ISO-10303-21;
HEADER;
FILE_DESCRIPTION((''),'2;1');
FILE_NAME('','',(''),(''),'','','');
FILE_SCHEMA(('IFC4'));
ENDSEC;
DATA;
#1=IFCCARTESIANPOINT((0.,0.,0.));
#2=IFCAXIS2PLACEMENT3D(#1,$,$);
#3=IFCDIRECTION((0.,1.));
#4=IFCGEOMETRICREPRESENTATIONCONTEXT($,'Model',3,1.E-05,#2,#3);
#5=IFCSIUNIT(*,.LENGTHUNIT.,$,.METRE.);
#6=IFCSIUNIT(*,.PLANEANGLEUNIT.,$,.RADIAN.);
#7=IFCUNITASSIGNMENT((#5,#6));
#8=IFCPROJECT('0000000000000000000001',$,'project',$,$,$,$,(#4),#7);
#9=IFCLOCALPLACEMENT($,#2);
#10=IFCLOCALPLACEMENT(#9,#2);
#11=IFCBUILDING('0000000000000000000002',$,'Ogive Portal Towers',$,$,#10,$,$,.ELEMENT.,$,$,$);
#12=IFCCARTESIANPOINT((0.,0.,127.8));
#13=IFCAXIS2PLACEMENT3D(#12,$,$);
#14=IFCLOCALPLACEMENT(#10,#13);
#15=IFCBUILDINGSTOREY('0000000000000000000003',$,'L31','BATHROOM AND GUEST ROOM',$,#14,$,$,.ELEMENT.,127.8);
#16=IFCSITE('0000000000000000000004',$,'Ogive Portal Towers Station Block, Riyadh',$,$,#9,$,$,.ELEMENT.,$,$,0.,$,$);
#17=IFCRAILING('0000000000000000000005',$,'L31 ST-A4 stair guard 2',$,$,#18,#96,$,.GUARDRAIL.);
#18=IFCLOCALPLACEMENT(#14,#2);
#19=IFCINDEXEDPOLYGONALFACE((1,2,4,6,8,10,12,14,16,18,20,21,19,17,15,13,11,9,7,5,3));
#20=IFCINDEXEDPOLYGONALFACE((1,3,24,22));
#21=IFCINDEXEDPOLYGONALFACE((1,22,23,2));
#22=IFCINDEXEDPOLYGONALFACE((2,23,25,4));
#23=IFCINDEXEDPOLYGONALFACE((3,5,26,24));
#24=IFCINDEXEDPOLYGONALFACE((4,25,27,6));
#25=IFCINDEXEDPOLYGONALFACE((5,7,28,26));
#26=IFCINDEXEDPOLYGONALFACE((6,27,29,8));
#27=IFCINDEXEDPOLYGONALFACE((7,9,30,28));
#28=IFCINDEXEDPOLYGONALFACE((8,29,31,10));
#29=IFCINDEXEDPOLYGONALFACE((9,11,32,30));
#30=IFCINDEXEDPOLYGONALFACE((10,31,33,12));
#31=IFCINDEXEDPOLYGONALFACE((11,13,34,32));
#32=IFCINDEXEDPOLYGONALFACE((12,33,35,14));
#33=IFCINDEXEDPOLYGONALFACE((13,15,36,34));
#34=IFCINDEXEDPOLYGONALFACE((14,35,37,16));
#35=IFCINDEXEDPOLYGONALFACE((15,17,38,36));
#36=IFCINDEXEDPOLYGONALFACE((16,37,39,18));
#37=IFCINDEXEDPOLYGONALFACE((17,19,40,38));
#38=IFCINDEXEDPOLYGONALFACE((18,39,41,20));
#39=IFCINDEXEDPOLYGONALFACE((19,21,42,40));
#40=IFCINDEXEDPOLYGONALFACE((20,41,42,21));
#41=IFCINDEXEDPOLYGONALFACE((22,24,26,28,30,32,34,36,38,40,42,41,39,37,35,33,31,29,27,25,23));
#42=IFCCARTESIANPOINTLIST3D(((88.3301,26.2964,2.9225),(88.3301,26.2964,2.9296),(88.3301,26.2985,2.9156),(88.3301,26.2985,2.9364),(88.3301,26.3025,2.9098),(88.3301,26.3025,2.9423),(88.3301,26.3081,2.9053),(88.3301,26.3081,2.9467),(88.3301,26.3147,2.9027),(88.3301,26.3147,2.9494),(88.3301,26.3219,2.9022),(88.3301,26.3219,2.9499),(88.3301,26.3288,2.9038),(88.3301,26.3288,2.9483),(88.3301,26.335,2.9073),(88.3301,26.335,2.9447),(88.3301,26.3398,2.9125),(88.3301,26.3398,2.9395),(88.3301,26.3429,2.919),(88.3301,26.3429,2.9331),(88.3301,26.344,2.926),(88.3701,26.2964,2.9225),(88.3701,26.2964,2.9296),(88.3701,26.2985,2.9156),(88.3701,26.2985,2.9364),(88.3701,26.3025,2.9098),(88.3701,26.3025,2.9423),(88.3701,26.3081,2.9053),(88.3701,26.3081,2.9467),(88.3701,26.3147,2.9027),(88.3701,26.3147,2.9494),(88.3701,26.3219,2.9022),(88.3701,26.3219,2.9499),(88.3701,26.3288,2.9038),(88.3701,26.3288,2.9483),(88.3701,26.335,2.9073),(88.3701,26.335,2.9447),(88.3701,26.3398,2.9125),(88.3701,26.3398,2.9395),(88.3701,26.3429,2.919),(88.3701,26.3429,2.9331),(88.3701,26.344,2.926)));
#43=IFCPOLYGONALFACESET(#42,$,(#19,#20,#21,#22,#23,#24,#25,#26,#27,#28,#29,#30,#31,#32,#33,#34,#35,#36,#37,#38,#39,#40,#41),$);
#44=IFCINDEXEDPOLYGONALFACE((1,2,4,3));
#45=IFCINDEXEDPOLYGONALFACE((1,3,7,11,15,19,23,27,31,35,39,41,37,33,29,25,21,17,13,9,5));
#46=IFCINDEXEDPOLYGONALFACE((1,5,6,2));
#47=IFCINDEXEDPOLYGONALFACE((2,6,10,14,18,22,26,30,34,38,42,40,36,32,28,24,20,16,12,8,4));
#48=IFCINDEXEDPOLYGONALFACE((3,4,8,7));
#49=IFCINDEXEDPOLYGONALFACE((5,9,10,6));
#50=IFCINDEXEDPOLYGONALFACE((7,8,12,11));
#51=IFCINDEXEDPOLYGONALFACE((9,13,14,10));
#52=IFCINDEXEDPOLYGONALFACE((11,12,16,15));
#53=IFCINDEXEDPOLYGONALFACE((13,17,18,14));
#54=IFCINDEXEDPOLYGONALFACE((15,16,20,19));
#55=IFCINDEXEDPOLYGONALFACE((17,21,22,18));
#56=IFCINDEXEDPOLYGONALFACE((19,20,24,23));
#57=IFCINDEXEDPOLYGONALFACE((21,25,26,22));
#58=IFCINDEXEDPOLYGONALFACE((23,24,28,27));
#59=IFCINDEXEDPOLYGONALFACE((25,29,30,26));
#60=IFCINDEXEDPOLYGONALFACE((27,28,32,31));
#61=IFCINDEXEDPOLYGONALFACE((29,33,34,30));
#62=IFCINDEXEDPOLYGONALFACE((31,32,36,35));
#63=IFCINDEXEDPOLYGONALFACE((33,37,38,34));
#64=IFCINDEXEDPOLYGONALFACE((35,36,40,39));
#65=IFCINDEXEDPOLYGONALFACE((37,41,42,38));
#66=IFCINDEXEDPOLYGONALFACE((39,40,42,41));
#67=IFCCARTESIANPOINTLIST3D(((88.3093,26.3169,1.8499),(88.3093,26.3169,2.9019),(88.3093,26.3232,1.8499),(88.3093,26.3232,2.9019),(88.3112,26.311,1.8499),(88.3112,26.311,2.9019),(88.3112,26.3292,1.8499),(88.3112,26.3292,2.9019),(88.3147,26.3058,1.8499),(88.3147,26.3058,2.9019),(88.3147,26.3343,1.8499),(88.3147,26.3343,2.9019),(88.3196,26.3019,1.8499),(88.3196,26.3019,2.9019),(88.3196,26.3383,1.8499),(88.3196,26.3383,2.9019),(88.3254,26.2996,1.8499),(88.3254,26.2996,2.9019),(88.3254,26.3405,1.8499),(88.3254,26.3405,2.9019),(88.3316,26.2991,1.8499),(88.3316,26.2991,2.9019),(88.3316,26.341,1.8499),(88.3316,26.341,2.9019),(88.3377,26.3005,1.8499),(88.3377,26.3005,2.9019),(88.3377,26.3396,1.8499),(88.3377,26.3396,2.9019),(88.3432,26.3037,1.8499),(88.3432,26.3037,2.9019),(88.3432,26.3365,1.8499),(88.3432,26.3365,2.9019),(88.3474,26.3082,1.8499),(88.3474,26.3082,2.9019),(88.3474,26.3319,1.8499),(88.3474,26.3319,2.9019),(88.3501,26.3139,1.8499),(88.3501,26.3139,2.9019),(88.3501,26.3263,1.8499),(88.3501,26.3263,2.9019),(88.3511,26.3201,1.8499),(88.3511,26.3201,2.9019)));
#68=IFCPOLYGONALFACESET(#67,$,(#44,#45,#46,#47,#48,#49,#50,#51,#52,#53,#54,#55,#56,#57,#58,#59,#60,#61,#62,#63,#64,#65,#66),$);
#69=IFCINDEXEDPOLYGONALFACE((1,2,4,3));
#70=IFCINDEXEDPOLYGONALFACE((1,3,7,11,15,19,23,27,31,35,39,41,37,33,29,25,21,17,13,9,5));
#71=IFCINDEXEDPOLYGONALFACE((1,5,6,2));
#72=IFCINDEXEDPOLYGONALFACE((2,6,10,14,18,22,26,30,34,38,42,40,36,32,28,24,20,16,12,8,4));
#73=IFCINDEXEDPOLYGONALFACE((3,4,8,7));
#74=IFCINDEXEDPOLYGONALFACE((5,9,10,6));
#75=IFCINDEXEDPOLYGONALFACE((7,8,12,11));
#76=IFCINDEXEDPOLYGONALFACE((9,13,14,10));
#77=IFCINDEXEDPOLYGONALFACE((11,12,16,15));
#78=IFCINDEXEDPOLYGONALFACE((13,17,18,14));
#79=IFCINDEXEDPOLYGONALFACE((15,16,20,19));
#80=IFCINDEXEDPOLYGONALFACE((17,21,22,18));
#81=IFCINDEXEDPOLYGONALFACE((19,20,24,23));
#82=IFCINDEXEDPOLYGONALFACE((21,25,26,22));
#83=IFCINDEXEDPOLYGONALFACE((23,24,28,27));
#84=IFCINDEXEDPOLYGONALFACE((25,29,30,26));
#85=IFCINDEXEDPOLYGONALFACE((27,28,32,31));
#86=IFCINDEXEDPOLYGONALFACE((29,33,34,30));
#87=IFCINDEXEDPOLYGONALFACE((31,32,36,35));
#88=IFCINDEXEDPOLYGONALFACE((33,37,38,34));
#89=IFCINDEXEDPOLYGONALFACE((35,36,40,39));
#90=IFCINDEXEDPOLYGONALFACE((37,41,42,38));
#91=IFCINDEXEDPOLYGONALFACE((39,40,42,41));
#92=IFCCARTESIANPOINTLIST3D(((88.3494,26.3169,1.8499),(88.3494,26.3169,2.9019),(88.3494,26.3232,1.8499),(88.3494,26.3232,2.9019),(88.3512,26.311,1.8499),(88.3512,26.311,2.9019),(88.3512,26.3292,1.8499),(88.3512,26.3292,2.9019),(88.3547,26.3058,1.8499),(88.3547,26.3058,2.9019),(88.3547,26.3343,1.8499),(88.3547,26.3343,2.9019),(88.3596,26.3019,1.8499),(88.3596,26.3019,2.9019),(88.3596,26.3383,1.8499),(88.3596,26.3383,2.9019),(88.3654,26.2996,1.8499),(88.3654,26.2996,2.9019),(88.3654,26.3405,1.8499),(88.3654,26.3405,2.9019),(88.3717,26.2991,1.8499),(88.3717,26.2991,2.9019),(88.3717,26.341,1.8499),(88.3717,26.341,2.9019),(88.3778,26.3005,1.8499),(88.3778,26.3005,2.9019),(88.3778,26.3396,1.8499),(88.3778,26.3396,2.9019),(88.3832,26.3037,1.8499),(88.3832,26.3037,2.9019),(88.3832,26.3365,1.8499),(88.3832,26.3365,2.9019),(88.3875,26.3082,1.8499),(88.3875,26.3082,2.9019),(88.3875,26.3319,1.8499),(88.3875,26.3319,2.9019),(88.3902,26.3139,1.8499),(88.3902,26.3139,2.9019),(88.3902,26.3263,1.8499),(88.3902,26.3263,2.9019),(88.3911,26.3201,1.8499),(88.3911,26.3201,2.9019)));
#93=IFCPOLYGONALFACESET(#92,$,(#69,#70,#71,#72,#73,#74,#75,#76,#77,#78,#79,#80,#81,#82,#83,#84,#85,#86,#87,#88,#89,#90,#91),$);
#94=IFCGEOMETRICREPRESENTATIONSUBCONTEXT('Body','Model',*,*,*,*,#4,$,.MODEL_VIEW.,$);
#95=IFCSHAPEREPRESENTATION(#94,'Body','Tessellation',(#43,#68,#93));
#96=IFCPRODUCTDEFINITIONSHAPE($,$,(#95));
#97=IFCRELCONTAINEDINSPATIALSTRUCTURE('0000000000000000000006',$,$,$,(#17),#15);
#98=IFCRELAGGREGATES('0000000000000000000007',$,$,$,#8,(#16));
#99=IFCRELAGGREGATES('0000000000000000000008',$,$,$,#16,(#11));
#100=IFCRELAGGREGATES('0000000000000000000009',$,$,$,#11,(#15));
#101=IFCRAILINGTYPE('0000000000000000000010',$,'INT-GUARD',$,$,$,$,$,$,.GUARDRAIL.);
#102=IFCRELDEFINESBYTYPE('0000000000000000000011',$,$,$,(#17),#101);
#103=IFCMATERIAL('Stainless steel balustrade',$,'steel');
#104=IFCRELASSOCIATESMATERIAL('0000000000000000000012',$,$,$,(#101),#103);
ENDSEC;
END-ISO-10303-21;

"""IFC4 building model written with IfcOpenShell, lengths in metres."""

from ifc_helpers import new_model, si_unit, direction, frame, origin, origin_2d, place, context, subcontext, project, spatial, circle, extrude, material, type_object, element, save


model = new_model("IFC4")

# Units and contexts
model_context = context("Model", 3, precision=1e-05, world=origin(), true_north=direction((0.0, 1.0)))
body_context = subcontext(model_context, "Body", "Model", "MODEL_VIEW")
ifc_project = project(units=[si_unit("LENGTHUNIT", "METRE"), si_unit("PLANEANGLEUNIT", "RADIAN")], contexts=[model_context])

# Site, building, storey
site_placement = place(None, origin())
site = spatial("IfcSite", under=ifc_project, at=site_placement, Name="Ogive Portal Towers Station Block, Riyadh", CompositionType="ELEMENT", RefElevation=0.0)
building_placement = place(site_placement, origin())
building = spatial("IfcBuilding", under=site, at=building_placement, Name="Ogive Portal Towers", CompositionType="ELEMENT")
storey_placement = place(building_placement, frame((0.0, 0.0, 127.8)))
storey = spatial("IfcBuildingStorey", under=building, at=storey_placement, Name="L31", Description="BATHROOM AND GUEST ROOM", CompositionType="ELEMENT", Elevation=127.8)

# Railing
ifc_material_1 = material(Name="Stainless steel balustrade", Category="steel")
railing_type_1 = type_object("IfcRailingType", Name="INT-GUARD", PredefinedType="GUARDRAIL", material=ifc_material_1)
railing_1_placement = place(storey_placement, frame((88.3301, 26.3201, 1.8499)))
element("IfcRailing", 1, at=railing_1_placement, inside=storey, type_object=railing_type_1, Name="L31 ST-A4 stair guard 2", PredefinedType="GUARDRAIL", context=body_context, shape_type="SweptSolid", body=[
    extrude(circle(Radius=0.0239, at=origin_2d()), frame((0.0, 0.0, 1.0762), z_axis=(1.0, 0.0, 0.0), x_axis=(0.0, 1.0, 0.0)), (0.0, 0.0, 1.0), 0.04),
    extrude(circle(Radius=0.021, at=origin_2d()), origin(), (0.0, 0.0, 1.0), 1.052),
    extrude(circle(Radius=0.021, at=origin_2d()), frame((0.04, 0.0, 0.0)), (0.0, 0.0, 1.0), 1.052),
])

save(model, "model.ifc")
